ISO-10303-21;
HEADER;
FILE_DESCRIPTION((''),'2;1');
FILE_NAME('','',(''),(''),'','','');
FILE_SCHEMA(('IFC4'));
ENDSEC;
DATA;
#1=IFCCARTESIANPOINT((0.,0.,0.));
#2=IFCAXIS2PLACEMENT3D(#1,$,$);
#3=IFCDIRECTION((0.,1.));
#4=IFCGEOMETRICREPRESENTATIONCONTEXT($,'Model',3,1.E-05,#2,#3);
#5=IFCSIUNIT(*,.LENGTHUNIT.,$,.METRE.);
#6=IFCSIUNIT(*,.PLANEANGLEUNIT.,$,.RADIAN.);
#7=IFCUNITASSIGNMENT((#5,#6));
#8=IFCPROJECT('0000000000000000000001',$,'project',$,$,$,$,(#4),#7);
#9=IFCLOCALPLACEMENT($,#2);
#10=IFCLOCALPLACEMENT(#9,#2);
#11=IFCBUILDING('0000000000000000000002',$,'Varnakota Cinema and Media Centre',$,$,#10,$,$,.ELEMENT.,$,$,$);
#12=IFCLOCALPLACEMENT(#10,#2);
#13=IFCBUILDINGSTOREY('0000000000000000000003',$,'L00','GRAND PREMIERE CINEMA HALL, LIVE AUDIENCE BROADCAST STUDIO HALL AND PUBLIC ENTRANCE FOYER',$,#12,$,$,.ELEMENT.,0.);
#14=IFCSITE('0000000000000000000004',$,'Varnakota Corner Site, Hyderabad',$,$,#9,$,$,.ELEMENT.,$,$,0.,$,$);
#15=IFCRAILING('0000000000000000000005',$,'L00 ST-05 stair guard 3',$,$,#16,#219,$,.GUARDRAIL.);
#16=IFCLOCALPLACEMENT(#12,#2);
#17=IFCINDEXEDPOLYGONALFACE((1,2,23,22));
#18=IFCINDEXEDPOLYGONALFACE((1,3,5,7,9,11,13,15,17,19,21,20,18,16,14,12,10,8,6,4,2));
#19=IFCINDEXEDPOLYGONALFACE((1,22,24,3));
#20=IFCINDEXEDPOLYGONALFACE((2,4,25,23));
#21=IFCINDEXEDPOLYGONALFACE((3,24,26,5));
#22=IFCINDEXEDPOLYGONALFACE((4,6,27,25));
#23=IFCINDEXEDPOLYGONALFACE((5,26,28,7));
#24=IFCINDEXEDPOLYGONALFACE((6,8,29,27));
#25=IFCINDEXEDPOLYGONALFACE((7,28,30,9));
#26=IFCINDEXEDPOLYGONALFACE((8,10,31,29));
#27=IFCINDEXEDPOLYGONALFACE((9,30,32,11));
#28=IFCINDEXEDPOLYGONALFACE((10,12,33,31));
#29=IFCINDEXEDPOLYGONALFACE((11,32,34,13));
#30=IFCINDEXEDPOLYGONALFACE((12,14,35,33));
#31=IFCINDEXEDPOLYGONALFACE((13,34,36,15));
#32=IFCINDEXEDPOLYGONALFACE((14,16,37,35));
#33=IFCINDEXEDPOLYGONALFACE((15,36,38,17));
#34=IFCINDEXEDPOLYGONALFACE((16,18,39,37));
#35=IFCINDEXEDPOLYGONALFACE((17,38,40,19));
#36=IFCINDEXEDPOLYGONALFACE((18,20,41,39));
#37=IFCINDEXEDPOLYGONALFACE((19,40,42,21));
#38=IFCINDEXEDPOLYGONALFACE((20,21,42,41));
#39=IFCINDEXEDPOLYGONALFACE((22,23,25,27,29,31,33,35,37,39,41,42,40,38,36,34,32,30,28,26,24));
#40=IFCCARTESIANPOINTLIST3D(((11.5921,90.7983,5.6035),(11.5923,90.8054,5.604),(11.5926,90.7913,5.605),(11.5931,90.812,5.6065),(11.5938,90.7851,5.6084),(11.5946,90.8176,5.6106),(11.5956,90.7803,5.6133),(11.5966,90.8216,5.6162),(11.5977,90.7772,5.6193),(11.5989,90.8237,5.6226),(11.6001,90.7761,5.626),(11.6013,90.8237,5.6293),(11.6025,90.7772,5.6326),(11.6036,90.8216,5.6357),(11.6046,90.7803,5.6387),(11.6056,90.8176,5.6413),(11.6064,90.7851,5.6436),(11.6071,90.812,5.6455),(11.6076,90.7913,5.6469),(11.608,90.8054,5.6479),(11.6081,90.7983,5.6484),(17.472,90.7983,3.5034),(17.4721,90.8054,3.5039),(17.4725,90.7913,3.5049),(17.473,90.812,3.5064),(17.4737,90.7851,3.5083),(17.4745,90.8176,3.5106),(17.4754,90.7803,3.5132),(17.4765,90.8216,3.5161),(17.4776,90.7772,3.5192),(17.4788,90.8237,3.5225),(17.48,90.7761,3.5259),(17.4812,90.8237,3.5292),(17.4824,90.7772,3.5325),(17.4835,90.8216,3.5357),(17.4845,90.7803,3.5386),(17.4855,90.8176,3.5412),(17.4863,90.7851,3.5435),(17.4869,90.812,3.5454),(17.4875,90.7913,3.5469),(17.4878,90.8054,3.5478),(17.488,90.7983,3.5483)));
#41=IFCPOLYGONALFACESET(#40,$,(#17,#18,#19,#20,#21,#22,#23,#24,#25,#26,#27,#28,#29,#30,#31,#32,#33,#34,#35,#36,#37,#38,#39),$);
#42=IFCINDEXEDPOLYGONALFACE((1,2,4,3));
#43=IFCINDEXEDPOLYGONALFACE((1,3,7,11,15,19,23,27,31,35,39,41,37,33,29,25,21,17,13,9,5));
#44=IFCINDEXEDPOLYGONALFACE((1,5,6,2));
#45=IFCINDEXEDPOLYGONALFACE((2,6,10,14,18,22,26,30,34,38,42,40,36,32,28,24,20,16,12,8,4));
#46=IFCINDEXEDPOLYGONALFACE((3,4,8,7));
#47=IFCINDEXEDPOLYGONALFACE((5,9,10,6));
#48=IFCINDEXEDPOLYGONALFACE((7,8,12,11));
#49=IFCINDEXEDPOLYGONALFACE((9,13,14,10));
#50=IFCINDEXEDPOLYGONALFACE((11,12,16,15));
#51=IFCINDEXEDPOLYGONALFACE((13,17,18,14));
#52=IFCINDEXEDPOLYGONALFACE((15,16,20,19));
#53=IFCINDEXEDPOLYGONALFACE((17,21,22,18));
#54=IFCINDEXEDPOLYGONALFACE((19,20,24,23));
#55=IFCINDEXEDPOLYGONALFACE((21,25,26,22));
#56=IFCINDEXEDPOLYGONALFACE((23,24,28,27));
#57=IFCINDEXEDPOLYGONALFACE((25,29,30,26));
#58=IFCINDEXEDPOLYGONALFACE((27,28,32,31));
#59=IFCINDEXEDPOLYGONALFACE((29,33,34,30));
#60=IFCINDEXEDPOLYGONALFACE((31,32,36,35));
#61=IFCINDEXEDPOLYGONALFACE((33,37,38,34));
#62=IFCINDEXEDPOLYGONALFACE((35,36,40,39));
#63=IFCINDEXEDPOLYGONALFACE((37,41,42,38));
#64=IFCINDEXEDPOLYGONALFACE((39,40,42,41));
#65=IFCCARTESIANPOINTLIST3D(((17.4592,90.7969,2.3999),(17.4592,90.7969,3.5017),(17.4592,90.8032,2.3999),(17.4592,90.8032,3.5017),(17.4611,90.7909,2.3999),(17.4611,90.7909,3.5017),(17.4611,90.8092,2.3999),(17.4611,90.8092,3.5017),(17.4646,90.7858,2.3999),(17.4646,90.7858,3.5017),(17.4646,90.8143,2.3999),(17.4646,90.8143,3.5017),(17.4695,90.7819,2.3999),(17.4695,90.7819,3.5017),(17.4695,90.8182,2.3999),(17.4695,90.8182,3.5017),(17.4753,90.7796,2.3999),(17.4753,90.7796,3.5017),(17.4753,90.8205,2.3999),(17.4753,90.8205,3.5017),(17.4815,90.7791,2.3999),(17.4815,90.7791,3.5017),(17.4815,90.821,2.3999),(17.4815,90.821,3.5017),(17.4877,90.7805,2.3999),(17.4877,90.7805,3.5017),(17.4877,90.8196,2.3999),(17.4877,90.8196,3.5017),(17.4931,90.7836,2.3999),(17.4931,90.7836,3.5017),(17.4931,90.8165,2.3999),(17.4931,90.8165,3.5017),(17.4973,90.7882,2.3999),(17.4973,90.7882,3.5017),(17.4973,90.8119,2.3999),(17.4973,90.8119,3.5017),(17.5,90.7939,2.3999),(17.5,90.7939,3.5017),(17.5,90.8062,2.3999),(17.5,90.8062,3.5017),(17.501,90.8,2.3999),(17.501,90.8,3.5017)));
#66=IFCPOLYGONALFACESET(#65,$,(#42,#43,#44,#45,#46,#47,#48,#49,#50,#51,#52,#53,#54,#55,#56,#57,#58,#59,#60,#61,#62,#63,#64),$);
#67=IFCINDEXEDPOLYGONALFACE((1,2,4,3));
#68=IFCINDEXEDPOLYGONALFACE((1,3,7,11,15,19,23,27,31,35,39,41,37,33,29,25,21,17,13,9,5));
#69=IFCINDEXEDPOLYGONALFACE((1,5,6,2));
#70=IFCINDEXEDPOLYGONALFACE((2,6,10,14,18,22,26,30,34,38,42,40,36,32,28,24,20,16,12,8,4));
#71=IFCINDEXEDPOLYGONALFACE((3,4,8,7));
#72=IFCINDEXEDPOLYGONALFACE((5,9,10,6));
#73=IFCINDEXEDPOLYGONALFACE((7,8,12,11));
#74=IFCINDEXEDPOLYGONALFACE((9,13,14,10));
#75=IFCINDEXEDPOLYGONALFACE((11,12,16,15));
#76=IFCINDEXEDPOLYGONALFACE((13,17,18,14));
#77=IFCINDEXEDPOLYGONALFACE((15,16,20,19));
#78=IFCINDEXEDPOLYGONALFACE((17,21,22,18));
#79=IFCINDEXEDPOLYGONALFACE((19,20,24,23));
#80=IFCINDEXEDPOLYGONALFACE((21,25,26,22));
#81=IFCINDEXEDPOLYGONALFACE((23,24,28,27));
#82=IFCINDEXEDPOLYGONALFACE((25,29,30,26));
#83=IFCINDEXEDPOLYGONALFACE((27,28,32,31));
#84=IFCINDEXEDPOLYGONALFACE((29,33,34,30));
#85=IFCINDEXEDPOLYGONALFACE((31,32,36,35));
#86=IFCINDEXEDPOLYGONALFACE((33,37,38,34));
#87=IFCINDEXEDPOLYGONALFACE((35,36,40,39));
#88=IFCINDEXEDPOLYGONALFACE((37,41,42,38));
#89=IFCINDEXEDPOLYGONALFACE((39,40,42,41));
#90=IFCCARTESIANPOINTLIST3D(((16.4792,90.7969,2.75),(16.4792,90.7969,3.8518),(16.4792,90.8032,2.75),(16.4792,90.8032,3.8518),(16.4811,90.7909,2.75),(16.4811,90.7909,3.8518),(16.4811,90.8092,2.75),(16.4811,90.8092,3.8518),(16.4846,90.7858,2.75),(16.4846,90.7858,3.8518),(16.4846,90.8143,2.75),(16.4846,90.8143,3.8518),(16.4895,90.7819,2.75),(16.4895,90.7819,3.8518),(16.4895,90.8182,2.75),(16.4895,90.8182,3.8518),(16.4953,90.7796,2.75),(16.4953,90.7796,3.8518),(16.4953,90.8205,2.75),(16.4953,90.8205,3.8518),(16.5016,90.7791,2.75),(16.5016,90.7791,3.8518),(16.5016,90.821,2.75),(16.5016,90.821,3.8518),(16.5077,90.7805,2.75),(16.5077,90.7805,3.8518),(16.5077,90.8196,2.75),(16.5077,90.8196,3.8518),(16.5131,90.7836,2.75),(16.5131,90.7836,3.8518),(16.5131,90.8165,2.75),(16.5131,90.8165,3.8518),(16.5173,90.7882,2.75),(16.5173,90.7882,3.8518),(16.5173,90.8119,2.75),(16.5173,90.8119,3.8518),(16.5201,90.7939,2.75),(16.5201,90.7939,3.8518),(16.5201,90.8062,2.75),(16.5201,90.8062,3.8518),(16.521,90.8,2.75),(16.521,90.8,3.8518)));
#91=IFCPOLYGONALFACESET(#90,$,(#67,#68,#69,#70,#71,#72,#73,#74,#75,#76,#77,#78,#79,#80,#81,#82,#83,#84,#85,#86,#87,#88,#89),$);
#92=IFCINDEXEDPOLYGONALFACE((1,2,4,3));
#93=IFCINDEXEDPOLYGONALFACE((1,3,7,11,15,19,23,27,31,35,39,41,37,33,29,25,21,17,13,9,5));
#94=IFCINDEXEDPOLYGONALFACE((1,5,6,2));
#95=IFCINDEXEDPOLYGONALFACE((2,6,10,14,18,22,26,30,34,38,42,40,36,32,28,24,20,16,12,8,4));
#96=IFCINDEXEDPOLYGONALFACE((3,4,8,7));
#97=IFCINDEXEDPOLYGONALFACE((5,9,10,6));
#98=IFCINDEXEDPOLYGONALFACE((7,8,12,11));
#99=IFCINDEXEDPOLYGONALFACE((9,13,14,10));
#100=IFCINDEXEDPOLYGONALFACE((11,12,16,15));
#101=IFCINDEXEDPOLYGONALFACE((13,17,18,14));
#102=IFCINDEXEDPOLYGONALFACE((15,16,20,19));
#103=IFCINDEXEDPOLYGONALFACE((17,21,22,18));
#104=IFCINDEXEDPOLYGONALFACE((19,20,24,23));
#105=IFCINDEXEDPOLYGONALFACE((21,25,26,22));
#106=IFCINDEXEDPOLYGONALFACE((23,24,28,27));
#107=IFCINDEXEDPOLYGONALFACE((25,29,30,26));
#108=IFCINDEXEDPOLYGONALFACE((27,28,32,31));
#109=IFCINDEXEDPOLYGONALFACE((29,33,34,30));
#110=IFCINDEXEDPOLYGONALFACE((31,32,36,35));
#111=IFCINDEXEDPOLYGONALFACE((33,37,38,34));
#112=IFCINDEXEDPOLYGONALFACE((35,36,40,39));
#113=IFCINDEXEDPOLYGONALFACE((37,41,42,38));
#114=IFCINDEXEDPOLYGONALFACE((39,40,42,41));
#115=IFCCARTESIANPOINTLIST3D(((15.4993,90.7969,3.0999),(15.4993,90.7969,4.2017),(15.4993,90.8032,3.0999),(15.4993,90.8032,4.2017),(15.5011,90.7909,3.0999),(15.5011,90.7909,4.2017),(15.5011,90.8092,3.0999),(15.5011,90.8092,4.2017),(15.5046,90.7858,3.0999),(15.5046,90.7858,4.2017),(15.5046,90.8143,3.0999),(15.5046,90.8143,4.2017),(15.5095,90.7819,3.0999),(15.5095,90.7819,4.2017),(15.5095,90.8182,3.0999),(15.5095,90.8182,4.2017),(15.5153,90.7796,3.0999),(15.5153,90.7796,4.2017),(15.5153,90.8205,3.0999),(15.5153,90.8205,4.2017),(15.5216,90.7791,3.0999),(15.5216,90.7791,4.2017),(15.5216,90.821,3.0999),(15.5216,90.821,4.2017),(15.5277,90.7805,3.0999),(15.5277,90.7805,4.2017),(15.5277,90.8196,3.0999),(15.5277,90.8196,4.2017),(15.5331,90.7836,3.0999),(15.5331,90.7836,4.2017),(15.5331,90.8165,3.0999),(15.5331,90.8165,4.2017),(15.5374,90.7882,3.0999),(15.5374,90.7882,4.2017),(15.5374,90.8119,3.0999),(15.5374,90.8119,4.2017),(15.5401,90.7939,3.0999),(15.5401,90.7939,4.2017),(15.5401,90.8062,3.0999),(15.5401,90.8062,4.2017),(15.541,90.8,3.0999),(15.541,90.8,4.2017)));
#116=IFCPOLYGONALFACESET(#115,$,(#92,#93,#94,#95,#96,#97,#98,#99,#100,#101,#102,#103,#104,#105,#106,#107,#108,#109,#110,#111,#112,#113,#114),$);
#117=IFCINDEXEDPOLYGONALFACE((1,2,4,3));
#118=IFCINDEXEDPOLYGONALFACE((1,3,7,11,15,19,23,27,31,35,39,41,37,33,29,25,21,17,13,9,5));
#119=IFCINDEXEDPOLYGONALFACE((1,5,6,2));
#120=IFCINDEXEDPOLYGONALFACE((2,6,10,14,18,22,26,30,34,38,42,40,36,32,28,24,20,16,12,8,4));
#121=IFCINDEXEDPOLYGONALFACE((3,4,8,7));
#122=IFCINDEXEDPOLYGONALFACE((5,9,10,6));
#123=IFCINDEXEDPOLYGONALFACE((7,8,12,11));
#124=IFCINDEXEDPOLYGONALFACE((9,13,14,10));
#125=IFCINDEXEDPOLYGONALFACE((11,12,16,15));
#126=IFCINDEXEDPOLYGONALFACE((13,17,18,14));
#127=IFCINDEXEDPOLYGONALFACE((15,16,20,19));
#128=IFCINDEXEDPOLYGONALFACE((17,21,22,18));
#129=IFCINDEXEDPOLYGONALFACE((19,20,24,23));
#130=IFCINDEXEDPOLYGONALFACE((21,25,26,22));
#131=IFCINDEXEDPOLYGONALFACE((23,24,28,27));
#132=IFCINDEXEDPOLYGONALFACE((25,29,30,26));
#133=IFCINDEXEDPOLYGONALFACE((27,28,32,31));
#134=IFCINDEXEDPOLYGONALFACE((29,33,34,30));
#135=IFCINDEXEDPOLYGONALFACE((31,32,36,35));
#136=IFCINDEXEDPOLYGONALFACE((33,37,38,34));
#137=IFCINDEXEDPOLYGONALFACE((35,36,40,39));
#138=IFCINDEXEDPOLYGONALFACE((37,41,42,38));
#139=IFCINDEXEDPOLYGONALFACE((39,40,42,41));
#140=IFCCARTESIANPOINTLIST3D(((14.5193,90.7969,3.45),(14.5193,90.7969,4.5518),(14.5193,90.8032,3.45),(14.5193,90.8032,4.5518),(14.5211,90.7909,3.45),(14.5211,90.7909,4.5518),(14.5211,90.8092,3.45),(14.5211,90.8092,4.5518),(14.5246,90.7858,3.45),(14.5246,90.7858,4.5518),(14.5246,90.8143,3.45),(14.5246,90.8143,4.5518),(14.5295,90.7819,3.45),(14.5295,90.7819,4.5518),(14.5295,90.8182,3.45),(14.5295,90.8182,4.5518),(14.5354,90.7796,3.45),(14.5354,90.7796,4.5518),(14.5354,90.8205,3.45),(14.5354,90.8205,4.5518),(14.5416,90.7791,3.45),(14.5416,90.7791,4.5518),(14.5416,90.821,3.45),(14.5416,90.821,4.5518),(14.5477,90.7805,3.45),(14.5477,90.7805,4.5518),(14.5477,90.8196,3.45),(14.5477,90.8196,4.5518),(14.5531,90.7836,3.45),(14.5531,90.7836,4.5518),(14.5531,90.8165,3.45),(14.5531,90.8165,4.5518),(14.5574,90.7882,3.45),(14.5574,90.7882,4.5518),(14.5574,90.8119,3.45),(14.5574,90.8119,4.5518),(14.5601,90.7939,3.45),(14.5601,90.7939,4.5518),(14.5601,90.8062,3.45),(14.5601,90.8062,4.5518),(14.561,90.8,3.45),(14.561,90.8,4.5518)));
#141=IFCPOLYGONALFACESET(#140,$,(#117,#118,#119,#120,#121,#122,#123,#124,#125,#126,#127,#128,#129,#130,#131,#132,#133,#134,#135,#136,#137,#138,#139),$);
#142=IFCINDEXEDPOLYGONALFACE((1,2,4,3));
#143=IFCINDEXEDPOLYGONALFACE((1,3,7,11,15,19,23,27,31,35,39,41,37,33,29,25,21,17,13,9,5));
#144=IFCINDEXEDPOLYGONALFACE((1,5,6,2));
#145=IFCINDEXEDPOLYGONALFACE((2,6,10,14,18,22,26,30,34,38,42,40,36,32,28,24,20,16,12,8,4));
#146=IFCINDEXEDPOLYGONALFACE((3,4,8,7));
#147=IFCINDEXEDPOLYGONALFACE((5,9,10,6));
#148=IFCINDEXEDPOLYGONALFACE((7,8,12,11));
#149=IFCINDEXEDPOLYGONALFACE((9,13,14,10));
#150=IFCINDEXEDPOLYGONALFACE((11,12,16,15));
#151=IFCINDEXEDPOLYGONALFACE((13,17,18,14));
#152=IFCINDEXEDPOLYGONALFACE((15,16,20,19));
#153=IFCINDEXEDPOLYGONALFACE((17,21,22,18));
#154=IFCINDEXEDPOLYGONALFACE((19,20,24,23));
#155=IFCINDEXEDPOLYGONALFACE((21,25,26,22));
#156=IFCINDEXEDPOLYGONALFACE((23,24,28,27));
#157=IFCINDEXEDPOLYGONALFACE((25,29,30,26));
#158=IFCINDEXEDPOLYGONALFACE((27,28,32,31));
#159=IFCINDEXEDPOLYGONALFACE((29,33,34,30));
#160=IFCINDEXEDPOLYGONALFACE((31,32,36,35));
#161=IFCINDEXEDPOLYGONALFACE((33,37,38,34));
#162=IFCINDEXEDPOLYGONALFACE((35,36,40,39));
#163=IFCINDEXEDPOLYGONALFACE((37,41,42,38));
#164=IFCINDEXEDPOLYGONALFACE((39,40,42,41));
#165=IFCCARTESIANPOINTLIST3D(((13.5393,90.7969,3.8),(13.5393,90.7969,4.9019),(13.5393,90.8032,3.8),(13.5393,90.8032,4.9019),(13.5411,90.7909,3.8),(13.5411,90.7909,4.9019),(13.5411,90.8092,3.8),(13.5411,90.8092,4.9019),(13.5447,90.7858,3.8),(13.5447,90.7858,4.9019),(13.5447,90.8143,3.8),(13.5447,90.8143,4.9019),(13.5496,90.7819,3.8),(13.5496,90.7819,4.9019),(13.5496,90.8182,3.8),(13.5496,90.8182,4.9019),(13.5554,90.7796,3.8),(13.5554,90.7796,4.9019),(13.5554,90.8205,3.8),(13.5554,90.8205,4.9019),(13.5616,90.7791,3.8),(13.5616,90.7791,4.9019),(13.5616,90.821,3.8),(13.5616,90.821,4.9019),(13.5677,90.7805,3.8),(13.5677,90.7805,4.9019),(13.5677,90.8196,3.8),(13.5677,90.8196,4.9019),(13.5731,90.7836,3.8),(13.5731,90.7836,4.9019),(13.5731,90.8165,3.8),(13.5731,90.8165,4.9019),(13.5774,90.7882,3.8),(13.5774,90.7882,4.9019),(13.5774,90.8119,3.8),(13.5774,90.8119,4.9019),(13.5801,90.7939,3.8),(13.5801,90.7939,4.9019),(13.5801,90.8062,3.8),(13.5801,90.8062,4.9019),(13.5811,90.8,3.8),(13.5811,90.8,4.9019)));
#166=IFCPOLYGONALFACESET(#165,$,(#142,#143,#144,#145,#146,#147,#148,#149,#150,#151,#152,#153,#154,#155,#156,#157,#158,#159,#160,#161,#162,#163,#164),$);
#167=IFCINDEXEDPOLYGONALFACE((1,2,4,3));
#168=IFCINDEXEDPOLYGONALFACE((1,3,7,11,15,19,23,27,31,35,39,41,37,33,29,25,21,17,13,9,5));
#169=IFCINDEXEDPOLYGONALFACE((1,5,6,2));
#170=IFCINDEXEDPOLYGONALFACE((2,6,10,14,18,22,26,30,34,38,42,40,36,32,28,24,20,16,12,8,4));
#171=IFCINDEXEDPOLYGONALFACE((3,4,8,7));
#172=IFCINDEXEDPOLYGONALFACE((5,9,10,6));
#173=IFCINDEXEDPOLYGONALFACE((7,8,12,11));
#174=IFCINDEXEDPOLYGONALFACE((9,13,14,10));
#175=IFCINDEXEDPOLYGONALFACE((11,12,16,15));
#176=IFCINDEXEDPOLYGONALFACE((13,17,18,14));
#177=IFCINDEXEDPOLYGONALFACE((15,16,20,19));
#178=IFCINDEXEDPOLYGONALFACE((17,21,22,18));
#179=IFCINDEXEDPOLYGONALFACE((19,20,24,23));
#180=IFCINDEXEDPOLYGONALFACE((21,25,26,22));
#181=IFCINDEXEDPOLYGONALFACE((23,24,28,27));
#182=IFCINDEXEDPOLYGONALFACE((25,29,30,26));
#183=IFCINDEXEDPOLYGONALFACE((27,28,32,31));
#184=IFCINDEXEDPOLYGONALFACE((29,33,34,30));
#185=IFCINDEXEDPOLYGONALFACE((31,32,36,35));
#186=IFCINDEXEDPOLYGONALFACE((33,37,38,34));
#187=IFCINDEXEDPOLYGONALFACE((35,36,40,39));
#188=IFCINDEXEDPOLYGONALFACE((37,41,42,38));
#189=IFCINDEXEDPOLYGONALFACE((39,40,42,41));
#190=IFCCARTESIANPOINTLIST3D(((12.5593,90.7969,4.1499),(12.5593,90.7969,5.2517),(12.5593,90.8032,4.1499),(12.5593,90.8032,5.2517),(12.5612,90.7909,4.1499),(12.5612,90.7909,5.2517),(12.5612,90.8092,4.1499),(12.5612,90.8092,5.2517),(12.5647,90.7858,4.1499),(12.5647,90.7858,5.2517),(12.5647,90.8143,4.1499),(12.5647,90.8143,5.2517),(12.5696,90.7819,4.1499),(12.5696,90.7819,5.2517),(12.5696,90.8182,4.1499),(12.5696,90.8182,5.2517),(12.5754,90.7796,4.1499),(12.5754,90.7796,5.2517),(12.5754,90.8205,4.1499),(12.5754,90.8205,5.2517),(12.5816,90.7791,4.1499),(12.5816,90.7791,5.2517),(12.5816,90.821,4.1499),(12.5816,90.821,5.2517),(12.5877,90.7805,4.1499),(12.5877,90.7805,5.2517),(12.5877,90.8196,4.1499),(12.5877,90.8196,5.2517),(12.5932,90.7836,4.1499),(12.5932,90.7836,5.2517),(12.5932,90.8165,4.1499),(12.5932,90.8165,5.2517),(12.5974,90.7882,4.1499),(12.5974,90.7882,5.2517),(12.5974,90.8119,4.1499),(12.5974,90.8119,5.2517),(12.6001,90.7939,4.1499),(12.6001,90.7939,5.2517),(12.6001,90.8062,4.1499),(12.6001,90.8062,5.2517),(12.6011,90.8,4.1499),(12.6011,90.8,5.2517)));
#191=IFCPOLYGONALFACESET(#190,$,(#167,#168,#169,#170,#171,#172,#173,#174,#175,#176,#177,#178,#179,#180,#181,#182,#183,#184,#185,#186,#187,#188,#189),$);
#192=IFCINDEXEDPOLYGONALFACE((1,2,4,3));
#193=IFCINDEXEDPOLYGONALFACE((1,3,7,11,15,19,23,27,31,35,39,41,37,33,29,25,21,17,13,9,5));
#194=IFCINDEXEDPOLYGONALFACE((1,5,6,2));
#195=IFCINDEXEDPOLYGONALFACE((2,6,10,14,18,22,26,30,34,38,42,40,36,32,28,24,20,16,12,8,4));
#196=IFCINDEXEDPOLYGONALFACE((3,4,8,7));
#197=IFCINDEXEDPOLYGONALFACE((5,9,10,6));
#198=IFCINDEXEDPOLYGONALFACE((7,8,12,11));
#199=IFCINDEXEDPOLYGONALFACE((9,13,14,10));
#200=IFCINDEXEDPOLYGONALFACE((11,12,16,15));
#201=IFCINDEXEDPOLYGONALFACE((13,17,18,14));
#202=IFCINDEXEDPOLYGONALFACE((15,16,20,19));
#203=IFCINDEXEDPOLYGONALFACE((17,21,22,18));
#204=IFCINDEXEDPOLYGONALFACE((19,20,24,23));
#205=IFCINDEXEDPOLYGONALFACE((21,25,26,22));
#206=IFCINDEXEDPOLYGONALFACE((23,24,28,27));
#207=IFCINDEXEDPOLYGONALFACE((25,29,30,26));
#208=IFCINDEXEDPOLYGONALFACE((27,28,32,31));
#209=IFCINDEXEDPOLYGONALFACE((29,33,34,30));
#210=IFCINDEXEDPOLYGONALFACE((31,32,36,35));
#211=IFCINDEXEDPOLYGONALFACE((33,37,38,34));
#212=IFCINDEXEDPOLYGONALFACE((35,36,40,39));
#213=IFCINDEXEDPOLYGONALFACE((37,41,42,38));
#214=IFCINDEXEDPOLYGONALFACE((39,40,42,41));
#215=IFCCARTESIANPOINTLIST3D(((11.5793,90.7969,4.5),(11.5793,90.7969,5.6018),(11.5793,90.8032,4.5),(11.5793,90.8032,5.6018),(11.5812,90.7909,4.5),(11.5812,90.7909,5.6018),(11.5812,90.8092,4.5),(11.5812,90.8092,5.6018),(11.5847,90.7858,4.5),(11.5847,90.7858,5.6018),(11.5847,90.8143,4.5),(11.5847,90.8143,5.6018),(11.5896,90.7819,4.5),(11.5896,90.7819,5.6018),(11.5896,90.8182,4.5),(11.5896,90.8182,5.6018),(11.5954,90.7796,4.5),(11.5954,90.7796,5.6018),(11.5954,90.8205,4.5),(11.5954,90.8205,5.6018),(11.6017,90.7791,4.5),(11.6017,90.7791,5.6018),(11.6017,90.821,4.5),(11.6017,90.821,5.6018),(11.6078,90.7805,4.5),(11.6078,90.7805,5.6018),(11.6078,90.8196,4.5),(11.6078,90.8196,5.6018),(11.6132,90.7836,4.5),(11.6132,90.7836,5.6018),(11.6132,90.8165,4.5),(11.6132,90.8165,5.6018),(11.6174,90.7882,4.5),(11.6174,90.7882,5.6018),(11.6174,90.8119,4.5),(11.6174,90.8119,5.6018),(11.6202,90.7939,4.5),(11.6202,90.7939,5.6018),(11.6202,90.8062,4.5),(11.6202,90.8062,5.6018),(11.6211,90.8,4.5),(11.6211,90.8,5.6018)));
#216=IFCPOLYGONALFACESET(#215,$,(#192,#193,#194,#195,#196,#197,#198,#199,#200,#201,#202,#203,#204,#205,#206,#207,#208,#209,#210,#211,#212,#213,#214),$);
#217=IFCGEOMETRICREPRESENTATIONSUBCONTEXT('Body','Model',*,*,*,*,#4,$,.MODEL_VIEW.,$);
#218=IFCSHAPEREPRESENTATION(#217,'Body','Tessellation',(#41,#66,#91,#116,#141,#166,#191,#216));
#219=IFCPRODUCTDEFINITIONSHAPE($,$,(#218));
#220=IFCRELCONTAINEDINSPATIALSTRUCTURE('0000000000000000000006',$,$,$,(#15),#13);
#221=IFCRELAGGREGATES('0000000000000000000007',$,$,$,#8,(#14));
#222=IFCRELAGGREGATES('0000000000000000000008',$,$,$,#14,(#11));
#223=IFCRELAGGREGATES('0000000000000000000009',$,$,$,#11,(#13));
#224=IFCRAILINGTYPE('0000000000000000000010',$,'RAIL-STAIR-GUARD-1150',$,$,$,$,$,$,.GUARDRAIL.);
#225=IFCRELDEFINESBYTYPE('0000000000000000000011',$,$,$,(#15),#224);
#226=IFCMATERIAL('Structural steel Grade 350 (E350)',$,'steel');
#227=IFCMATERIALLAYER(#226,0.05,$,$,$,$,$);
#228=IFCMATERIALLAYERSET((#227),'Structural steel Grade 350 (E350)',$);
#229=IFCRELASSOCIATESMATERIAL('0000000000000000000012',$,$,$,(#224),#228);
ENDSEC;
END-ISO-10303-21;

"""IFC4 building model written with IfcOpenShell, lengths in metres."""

from ifc_helpers import new_model, si_unit, direction, frame, origin, origin_2d, place, context, subcontext, project, spatial, circle, extrude, material, layer, layer_set, type_object, element, save


model = new_model("IFC4")

# Units and contexts
model_context = context("Model", 3, precision=1e-05, world=origin(), true_north=direction((0.0, 1.0)))
body_context = subcontext(model_context, "Body", "Model", "MODEL_VIEW")
ifc_project = project(units=[si_unit("LENGTHUNIT", "METRE"), si_unit("PLANEANGLEUNIT", "RADIAN")], contexts=[model_context])

# Site, building, storey
site_placement = place(None, origin())
site = spatial("IfcSite", under=ifc_project, at=site_placement, Name="Varnakota Corner Site, Hyderabad", CompositionType="ELEMENT", RefElevation=0.0)
building_placement = place(site_placement, origin())
building = spatial("IfcBuilding", under=site, at=building_placement, Name="Varnakota Cinema and Media Centre", CompositionType="ELEMENT")
storey_placement = place(building_placement, origin())
storey = spatial("IfcBuildingStorey", under=building, at=storey_placement, Name="L00", Description="GRAND PREMIERE CINEMA HALL, LIVE AUDIENCE BROADCAST STUDIO HALL AND PUBLIC ENTRANCE FOYER", CompositionType="ELEMENT", Elevation=0.0)

# Railing
ifc_material_1 = material(Name="Structural steel Grade 350 (E350)", Category="steel")
ifc_layer_1 = layer(ifc_material_1, 0.05)
ifc_layer_set_1 = layer_set([ifc_layer_1], Name="Structural steel Grade 350 (E350)")
railing_type_1 = type_object("IfcRailingType", Name="RAIL-STAIR-GUARD-1150", PredefinedType="GUARDRAIL", material=ifc_layer_set_1)
railing_1_placement = place(storey_placement, frame((17.48, 90.8, 2.3999)))
element("IfcRailing", 1, at=railing_1_placement, inside=storey, type_object=railing_type_1, Name="L00 ST-05 stair guard 3", PredefinedType="GUARDRAIL", context=body_context, shape_type="SweptSolid", body=[
    extrude(circle(Radius=0.0239, at=origin_2d()), frame((0.0, 0.0, 1.126), z_axis=(-0.941735, 0.0, 0.336356), x_axis=(0.0, -1.0, 0.0)), (0.0, 0.0, 1.0), 6.2437),
    extrude(circle(Radius=0.021, at=origin_2d()), origin(), (0.0, 0.0, 1.0), 1.1018),
    extrude(circle(Radius=0.021, at=origin_2d()), frame((-0.98, 0.0, 0.3501)), (0.0, 0.0, 1.0), 1.1018),
    extrude(circle(Radius=0.021, at=origin_2d()), frame((-1.96, 0.0, 0.7)), (0.0, 0.0, 1.0), 1.1018),
    extrude(circle(Radius=0.021, at=origin_2d()), frame((-2.9399, 0.0, 1.05)), (0.0, 0.0, 1.0), 1.1018),
    extrude(circle(Radius=0.021, at=origin_2d()), frame((-3.9199, 0.0, 1.4001)), (0.0, 0.0, 1.0), 1.1018),
    extrude(circle(Radius=0.021, at=origin_2d()), frame((-4.8999, 0.0, 1.75)), (0.0, 0.0, 1.0), 1.1018),
    extrude(circle(Radius=0.021, at=origin_2d()), frame((-5.8799, 0.0, 2.1001)), (0.0, 0.0, 1.0), 1.1018),
])

save(model, "model.ifc")
